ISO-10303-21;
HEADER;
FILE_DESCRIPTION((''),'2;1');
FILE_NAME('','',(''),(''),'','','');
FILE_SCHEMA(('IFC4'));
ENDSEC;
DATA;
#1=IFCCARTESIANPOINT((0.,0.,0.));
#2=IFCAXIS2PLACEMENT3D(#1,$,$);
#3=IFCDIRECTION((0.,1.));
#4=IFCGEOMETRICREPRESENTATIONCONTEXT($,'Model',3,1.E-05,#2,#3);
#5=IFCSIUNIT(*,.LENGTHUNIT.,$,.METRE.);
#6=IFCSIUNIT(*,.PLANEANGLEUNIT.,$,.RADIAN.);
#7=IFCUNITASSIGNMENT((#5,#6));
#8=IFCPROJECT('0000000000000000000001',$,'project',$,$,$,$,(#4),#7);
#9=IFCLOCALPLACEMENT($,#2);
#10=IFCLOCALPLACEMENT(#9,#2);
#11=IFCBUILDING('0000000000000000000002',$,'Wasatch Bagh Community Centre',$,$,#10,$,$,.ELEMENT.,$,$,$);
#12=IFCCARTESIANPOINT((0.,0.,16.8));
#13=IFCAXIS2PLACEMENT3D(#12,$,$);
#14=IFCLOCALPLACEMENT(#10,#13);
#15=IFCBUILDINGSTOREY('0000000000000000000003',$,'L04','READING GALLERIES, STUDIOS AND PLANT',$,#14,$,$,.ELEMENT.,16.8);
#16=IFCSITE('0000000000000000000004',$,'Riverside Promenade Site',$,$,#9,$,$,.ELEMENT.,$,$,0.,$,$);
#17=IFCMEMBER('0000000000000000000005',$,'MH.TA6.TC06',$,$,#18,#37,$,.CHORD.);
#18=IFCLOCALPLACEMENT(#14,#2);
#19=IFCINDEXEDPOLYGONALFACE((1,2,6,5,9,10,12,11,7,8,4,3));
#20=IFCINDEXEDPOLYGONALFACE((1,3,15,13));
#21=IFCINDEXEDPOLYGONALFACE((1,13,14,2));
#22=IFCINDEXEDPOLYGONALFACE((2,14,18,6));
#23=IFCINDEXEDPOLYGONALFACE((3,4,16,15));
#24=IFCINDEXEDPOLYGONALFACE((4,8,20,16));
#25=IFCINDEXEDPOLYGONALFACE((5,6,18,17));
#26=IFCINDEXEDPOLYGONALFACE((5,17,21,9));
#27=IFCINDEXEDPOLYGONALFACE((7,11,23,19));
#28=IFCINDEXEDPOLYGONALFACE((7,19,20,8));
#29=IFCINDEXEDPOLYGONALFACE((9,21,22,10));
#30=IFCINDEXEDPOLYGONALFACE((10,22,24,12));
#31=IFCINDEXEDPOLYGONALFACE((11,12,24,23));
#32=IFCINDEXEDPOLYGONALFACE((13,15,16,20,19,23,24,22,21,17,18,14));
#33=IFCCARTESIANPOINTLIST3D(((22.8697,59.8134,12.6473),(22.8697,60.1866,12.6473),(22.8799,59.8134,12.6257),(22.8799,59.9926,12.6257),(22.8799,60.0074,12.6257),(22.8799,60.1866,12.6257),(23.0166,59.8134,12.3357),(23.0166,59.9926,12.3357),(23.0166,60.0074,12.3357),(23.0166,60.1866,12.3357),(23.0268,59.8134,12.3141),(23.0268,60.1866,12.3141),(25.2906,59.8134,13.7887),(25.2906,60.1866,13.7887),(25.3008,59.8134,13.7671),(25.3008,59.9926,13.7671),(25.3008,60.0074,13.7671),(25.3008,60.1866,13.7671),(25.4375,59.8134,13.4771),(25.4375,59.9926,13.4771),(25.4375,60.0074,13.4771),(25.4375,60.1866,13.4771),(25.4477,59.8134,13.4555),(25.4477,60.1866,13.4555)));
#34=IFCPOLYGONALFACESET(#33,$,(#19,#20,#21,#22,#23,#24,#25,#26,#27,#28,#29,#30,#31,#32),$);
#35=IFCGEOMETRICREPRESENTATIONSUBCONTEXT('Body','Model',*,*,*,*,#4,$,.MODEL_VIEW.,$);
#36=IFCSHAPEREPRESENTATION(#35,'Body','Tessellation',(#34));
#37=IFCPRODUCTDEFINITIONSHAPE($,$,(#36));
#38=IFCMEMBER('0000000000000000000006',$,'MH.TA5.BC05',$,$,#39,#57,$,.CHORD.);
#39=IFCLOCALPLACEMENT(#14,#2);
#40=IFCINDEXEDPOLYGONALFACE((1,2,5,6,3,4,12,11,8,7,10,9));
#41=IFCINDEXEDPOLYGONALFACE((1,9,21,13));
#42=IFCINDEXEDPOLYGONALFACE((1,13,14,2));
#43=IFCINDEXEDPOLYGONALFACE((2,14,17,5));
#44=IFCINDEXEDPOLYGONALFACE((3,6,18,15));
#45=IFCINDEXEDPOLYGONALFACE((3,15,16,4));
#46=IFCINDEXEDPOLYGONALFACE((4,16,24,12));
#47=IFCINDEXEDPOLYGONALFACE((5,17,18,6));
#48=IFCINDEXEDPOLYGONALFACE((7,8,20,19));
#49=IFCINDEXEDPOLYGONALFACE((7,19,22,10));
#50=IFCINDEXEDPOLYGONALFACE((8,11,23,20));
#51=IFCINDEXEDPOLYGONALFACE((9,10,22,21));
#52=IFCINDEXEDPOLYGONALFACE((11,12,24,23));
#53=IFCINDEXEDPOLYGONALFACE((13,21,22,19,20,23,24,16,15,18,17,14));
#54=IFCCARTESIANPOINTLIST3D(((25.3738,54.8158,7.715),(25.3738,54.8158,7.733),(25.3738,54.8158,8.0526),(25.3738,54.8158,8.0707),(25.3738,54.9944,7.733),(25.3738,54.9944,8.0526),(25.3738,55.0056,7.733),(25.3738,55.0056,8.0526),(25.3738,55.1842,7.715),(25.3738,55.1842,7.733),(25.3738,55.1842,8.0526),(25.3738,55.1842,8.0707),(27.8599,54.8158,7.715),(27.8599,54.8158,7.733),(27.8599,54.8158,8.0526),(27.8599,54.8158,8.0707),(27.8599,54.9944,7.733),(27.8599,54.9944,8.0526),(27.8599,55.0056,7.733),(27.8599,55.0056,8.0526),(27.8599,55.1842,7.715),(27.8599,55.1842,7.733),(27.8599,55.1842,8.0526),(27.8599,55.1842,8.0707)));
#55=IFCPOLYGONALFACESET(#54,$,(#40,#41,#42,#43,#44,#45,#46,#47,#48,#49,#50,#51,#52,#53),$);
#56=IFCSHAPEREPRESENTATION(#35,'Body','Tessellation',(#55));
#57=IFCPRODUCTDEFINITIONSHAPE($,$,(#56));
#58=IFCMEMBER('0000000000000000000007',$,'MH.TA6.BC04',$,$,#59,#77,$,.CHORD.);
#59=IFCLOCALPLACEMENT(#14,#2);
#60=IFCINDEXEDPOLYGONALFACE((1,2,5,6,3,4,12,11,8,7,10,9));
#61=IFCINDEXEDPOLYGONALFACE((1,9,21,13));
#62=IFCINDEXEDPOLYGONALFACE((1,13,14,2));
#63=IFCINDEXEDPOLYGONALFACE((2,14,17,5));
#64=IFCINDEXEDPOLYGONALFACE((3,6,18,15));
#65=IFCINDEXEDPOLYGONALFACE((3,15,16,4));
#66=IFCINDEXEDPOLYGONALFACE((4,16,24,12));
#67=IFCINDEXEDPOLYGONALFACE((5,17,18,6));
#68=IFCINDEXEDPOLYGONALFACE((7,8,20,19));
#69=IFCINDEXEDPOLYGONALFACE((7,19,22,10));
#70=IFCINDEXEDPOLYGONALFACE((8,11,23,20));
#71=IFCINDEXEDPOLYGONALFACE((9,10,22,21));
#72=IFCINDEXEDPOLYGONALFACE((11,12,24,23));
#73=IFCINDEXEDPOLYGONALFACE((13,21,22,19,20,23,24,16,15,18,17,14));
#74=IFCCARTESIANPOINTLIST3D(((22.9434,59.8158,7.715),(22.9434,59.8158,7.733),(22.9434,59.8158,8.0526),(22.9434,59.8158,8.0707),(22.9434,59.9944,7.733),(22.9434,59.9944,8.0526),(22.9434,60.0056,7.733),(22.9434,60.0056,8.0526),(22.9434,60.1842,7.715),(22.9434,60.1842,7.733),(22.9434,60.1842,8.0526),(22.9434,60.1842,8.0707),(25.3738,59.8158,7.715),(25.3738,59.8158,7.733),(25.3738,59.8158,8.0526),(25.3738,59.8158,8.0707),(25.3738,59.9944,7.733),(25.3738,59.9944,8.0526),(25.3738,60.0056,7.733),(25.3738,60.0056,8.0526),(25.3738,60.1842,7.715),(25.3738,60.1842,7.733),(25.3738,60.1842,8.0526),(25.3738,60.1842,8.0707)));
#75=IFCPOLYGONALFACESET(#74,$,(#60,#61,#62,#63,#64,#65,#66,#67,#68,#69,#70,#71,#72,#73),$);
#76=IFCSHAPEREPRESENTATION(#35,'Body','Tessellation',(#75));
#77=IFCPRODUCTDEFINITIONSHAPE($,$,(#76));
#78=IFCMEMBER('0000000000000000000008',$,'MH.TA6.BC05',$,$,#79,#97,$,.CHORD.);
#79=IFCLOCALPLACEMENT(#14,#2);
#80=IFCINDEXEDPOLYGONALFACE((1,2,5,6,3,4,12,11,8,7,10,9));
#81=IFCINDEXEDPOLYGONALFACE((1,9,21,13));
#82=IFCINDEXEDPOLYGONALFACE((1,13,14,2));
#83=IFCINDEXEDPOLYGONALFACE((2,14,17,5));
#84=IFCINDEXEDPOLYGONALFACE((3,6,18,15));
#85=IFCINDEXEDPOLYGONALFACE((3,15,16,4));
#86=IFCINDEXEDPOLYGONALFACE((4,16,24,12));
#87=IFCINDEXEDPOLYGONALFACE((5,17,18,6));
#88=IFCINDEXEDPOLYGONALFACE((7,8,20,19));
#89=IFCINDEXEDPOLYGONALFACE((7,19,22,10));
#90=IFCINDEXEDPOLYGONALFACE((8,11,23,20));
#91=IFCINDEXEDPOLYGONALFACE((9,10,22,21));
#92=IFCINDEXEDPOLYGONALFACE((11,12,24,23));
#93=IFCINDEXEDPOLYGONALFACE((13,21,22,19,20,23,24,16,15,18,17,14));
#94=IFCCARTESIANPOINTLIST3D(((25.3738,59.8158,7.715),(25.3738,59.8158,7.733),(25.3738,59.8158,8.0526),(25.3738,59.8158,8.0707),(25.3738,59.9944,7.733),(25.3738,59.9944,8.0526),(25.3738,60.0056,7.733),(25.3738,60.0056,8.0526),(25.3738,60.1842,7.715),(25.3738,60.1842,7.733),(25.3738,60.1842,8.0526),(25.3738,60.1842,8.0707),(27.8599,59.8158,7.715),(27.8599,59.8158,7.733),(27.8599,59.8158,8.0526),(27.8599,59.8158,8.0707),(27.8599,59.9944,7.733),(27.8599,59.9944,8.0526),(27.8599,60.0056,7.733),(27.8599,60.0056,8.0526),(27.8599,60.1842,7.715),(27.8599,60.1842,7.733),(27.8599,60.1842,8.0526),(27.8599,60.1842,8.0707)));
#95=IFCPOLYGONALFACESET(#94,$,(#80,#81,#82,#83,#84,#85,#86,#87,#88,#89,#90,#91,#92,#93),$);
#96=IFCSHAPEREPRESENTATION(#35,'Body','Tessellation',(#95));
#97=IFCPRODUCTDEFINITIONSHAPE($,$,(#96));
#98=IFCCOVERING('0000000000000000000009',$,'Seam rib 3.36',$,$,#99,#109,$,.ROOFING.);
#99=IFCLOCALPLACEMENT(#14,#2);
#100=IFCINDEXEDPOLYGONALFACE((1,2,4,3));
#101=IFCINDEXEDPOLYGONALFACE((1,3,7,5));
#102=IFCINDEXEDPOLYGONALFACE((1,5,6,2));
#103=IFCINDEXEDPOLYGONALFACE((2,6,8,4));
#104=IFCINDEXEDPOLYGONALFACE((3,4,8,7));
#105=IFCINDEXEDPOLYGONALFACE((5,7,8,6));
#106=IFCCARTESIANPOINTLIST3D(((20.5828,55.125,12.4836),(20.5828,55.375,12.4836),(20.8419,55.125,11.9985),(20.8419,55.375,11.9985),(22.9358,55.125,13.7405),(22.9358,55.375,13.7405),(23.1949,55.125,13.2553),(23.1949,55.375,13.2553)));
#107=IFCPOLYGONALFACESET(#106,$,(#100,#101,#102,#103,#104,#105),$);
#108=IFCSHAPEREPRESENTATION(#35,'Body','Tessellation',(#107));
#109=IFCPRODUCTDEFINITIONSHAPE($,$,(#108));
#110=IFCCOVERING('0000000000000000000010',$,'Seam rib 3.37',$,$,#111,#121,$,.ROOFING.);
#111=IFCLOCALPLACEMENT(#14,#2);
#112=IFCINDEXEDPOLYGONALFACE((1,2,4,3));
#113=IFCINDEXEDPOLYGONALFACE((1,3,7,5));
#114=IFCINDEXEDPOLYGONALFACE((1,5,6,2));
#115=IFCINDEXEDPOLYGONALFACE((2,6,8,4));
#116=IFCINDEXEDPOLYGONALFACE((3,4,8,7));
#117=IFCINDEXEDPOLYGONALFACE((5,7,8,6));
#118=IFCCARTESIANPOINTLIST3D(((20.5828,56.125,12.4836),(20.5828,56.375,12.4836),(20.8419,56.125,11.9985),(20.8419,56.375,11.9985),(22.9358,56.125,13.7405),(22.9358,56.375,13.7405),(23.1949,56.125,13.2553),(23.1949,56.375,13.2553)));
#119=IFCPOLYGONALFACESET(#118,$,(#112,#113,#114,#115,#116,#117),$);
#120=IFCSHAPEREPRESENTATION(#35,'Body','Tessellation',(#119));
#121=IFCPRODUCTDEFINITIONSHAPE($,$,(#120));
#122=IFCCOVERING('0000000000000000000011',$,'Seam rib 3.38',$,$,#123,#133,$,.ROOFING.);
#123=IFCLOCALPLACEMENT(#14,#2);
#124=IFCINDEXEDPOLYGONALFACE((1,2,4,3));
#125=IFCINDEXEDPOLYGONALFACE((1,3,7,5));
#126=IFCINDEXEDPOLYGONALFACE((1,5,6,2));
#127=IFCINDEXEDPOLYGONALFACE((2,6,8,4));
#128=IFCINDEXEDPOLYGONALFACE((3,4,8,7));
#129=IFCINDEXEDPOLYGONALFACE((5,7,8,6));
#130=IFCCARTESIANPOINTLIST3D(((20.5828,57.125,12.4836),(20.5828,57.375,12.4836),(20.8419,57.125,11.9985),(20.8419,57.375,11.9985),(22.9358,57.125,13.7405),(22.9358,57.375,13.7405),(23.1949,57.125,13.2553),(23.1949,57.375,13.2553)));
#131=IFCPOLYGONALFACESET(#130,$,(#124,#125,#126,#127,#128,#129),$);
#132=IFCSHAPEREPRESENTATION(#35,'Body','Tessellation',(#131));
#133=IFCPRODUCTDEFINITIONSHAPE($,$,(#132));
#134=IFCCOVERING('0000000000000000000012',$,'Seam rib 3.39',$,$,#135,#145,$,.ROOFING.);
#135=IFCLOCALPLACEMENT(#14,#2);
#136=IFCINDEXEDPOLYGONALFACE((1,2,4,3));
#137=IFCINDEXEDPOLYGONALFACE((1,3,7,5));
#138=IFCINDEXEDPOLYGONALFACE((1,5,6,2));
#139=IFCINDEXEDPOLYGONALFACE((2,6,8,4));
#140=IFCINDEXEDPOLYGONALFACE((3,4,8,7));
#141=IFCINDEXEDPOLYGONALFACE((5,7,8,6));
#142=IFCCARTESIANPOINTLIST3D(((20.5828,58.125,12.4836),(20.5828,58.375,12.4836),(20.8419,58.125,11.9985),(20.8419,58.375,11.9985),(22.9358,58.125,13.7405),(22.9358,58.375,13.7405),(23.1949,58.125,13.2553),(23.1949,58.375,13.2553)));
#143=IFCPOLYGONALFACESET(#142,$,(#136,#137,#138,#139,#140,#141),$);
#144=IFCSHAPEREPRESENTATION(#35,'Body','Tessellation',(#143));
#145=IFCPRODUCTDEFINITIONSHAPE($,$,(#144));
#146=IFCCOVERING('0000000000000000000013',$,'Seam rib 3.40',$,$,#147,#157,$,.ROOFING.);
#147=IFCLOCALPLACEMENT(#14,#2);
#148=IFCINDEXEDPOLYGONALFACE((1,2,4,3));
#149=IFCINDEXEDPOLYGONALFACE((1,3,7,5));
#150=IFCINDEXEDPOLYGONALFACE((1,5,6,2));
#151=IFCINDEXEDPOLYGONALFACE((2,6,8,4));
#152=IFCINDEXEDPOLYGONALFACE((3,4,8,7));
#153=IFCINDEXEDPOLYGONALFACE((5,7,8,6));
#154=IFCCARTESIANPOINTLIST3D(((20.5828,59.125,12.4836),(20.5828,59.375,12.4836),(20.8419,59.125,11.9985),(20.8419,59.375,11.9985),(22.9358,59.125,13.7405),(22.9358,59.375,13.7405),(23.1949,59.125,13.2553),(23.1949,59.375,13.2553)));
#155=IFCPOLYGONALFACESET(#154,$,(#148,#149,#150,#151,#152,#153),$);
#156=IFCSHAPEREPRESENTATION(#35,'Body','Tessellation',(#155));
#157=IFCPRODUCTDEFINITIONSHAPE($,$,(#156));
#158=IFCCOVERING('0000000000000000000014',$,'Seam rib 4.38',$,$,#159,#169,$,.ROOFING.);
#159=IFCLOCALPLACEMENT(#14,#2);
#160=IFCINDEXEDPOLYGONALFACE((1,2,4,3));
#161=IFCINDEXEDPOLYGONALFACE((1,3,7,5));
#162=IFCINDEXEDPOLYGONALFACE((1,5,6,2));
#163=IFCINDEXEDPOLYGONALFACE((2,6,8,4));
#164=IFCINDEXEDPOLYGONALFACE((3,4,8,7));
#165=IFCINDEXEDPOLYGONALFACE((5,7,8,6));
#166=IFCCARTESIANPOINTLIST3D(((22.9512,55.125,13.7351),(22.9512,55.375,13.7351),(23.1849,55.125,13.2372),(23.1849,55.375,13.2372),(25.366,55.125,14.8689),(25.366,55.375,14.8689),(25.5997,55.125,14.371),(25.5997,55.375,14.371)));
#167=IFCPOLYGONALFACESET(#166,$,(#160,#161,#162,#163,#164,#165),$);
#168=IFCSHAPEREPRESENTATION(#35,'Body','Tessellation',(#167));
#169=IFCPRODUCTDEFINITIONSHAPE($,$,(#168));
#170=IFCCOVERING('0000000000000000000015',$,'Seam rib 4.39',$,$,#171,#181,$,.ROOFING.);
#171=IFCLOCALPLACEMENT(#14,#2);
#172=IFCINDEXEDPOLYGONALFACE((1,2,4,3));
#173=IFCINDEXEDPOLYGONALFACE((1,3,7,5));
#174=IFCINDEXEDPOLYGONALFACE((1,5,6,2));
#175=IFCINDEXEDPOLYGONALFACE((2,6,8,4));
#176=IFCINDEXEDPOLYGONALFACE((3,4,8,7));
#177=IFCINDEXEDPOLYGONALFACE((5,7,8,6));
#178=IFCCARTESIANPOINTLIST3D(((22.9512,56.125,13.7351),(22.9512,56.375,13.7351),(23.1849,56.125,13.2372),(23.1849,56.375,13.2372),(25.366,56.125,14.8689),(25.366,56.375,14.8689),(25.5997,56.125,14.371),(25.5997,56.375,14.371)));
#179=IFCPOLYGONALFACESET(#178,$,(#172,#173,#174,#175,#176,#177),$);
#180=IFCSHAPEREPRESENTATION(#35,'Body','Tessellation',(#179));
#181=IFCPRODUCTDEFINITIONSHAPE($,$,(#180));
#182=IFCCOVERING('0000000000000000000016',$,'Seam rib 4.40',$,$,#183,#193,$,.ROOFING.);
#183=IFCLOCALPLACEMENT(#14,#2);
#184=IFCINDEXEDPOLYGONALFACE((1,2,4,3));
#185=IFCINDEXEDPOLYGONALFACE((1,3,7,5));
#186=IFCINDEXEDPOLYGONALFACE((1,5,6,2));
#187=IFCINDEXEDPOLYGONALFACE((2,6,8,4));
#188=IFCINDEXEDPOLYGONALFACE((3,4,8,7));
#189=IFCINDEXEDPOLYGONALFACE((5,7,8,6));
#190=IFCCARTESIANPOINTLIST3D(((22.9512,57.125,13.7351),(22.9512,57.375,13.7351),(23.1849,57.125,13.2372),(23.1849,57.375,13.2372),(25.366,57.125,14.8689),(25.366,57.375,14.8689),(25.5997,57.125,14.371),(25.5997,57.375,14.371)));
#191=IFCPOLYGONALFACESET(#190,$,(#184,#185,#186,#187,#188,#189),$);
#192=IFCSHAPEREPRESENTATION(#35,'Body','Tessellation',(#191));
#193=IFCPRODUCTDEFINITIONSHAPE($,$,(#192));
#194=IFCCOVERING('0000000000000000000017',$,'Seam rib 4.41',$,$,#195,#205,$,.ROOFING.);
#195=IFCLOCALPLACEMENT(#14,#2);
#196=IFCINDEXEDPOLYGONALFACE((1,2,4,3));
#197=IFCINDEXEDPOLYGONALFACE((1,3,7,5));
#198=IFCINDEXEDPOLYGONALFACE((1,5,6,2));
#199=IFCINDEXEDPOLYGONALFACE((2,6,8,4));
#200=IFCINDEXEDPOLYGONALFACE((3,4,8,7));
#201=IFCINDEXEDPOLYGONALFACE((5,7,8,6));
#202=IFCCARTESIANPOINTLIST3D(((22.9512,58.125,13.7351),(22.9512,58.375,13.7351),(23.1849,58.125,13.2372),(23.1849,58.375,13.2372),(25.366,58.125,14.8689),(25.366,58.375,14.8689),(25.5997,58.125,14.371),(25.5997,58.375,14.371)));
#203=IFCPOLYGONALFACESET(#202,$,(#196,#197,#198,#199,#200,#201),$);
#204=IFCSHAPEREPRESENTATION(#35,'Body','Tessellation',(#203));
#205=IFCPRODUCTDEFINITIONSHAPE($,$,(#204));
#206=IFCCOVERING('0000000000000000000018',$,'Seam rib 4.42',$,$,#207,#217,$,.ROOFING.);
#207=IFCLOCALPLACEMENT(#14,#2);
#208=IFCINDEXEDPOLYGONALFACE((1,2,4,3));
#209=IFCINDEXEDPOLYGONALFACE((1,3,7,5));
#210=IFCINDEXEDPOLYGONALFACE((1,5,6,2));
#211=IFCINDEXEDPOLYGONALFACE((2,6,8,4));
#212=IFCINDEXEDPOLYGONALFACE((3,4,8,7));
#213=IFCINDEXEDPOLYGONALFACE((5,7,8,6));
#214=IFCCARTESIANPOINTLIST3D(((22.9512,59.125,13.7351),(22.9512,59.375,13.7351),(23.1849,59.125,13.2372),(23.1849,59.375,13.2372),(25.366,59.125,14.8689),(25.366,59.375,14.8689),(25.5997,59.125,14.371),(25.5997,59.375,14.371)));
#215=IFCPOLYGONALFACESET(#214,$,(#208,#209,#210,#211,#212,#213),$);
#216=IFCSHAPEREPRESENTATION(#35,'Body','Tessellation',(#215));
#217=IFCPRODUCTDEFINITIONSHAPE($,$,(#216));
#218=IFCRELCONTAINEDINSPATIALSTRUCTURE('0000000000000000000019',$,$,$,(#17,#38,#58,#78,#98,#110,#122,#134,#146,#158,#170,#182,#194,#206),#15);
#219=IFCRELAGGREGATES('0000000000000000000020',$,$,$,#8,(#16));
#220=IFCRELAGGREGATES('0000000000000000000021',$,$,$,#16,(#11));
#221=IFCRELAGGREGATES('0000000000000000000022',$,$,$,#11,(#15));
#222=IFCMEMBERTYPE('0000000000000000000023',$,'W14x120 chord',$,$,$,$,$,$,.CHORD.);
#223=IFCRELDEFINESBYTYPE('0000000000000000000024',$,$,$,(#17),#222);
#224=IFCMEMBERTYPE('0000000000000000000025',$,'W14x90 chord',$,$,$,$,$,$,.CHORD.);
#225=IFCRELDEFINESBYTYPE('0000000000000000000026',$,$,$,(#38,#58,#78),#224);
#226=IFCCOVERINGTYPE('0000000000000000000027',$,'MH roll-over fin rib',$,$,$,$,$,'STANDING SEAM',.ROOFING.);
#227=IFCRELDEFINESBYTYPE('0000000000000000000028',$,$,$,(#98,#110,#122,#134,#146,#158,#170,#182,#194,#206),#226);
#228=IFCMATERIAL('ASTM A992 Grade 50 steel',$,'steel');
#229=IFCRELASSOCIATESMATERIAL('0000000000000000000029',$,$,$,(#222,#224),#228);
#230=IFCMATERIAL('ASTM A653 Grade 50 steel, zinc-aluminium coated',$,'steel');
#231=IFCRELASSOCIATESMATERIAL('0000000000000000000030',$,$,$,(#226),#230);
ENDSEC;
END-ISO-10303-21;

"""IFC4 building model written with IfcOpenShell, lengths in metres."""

from ifc_helpers import new_model, si_unit, direction, frame, origin, origin_2d, place, context, subcontext, project, spatial, polyline, i_section, outline, extrude, material, material_profile, profile_set, type_object, element, save


model = new_model("IFC4")

# Units and contexts
model_context = context("Model", 3, precision=1e-05, world=origin(), true_north=direction((0.0, 1.0)))
body_context = subcontext(model_context, "Body", "Model", "MODEL_VIEW")
ifc_project = project(units=[si_unit("LENGTHUNIT", "METRE"), si_unit("PLANEANGLEUNIT", "RADIAN")], contexts=[model_context])

# Site, building, storey
site_placement = place(None, origin())
site = spatial("IfcSite", under=ifc_project, at=site_placement, Name="Riverside Promenade Site", CompositionType="ELEMENT", RefElevation=0.0)
building_placement = place(site_placement, origin())
building = spatial("IfcBuilding", under=site, at=building_placement, Name="Wasatch Bagh Community Centre", CompositionType="ELEMENT")
storey_placement = place(building_placement, frame((0.0, 0.0, 16.8)))
storey = spatial("IfcBuildingStorey", under=building, at=storey_placement, Name="L04", Description="READING GALLERIES, STUDIOS AND PLANT", CompositionType="ELEMENT", Elevation=16.8)

# Members
ifc_material_1 = material(Name="ASTM A992 Grade 50 steel", Category="steel")
ifc_material_profile_1 = material_profile(ifc_material_1, i_section(OverallWidth=0.3733, OverallDepth=0.3684, WebThickness=0.0149, FlangeThickness=0.0239, at=origin_2d()), Name="W14x120")
ifc_profile_set_1 = profile_set([ifc_material_profile_1], Name="ASTM A992 Grade 50 steel")
member_type_1 = type_object("IfcMemberType", Name="W14x120 chord", PredefinedType="CHORD", material=ifc_profile_set_1)
member_1_placement = place(storey_placement, frame((22.9482, 60.0, 12.4807), z_axis=(0.904515, 0.0, 0.426443), x_axis=(0.0, 1.0, 0.0)))
element("IfcMember", 1, at=member_1_placement, inside=storey, type_object=member_type_1, Name="MH.TA6.TC06", PredefinedType="CHORD", context=body_context, shape_type="SweptSolid", body=[
    extrude(i_section(OverallWidth=0.3733, OverallDepth=0.3684, WebThickness=0.0149, FlangeThickness=0.0239, at=origin_2d()), origin(), (0.0, 0.0, 1.0), 2.6765),
])
ifc_material_profile_2 = material_profile(ifc_material_1, i_section(OverallWidth=0.3684, OverallDepth=0.3557, WebThickness=0.0112, FlangeThickness=0.0181, at=origin_2d()), Name="W14x90")
ifc_profile_set_2 = profile_set([ifc_material_profile_2], Name="ASTM A992 Grade 50 steel")
member_type_2 = type_object("IfcMemberType", Name="W14x90 chord", PredefinedType="CHORD", material=ifc_profile_set_2)
member_2_placement = place(storey_placement, frame((25.3738, 55.0, 7.8928), z_axis=(1.0, 0.0, 0.0), x_axis=(0.0, 1.0, 0.0)))
element("IfcMember", 2, at=member_2_placement, inside=storey, type_object=member_type_2, Name="MH.TA5.BC05", PredefinedType="CHORD", context=body_context, shape_type="SweptSolid", body=[
    extrude(i_section(OverallWidth=0.3684, OverallDepth=0.3557, WebThickness=0.0112, FlangeThickness=0.0181, at=origin_2d()), origin(), (0.0, 0.0, 1.0), 2.4861),
])
member_3_placement = place(storey_placement, frame((22.9434, 60.0, 7.8928), z_axis=(1.0, 0.0, 0.0), x_axis=(0.0, 1.0, 0.0)))
element("IfcMember", 3, at=member_3_placement, inside=storey, type_object=member_type_2, Name="MH.TA6.BC04", PredefinedType="CHORD", context=body_context, shape_type="SweptSolid", body=[
    extrude(i_section(OverallWidth=0.3684, OverallDepth=0.3557, WebThickness=0.0112, FlangeThickness=0.0181, at=origin_2d()), origin(), (0.0, 0.0, 1.0), 2.4304),
])
member_4_placement = place(storey_placement, frame((25.3738, 60.0, 7.8928), z_axis=(1.0, 0.0, 0.0), x_axis=(0.0, 1.0, 0.0)))
element("IfcMember", 4, at=member_4_placement, inside=storey, type_object=member_type_2, Name="MH.TA6.BC05", PredefinedType="CHORD", context=body_context, shape_type="SweptSolid", body=[
    extrude(i_section(OverallWidth=0.3684, OverallDepth=0.3557, WebThickness=0.0112, FlangeThickness=0.0181, at=origin_2d()), origin(), (0.0, 0.0, 1.0), 2.4861),
])

# Coverings
ifc_material_2 = material(Name="ASTM A653 Grade 50 steel, zinc-aluminium coated", Category="steel")
covering_type = type_object("IfcCoveringType", Name="MH roll-over fin rib", ElementType="STANDING SEAM", PredefinedType="ROOFING", material=ifc_material_2)
for number, where, z_axis, x_axis, name in (
    (5, (20.5828, 55.125, 12.4836), (-0.471139, 0.0, 0.882059), (0.882059, 0.0, 0.471139), "Seam rib 3.36"),
    (6, (20.5828, 56.125, 12.4836), (-0.471139, 0.0, 0.882059), (0.882059, 0.0, 0.471139), "Seam rib 3.37"),
    (7, (20.5828, 57.125, 12.4836), (-0.471139, 0.0, 0.882059), (0.882059, 0.0, 0.471139), "Seam rib 3.38"),
    (8, (20.5828, 58.125, 12.4836), (-0.471139, 0.0, 0.882059), (0.882059, 0.0, 0.471139), "Seam rib 3.39"),
    (9, (20.5828, 59.125, 12.4836), (-0.471139, 0.0, 0.882059), (0.882059, 0.0, 0.471139), "Seam rib 3.40"),
):
    element("IfcCovering", number, at=place(storey_placement, frame(where, z_axis=z_axis, x_axis=x_axis)), inside=storey, type_object=covering_type, Name=name, PredefinedType="ROOFING", context=body_context, shape_type="SweptSolid", body=[
        extrude(outline(polyline([(0.0, 0.0), (2.6677, 0.0), (2.6677, 0.25), (0.0, 0.25), (0.0, 0.0)])), origin(), (0.0, 0.0, -1.0), 0.55),
    ])
for number, where, z_axis, x_axis, name in (
    (10, (22.9512, 55.125, 13.7351), (-0.425004, 0.0, 0.905192), (0.905192, 0.0, 0.425004), "Seam rib 4.38"),
    (11, (22.9512, 56.125, 13.7351), (-0.425004, 0.0, 0.905192), (0.905192, 0.0, 0.425004), "Seam rib 4.39"),
    (12, (22.9512, 57.125, 13.7351), (-0.425004, 0.0, 0.905192), (0.905192, 0.0, 0.425004), "Seam rib 4.40"),
    (13, (22.9512, 58.125, 13.7351), (-0.425004, 0.0, 0.905192), (0.905192, 0.0, 0.425004), "Seam rib 4.41"),
    (14, (22.9512, 59.125, 13.7351), (-0.425004, 0.0, 0.905192), (0.905192, 0.0, 0.425004), "Seam rib 4.42"),
):
    element("IfcCovering", number, at=place(storey_placement, frame(where, z_axis=z_axis, x_axis=x_axis)), inside=storey, type_object=covering_type, Name=name, PredefinedType="ROOFING", context=body_context, shape_type="SweptSolid", body=[
        extrude(outline(polyline([(0.0, 0.0), (2.6677, 0.0), (2.6677, 0.25), (0.0, 0.25), (0.0, 0.0)])), origin(), (0.0, 0.0, -1.0), 0.55),
    ])

save(model, "model.ifc")
